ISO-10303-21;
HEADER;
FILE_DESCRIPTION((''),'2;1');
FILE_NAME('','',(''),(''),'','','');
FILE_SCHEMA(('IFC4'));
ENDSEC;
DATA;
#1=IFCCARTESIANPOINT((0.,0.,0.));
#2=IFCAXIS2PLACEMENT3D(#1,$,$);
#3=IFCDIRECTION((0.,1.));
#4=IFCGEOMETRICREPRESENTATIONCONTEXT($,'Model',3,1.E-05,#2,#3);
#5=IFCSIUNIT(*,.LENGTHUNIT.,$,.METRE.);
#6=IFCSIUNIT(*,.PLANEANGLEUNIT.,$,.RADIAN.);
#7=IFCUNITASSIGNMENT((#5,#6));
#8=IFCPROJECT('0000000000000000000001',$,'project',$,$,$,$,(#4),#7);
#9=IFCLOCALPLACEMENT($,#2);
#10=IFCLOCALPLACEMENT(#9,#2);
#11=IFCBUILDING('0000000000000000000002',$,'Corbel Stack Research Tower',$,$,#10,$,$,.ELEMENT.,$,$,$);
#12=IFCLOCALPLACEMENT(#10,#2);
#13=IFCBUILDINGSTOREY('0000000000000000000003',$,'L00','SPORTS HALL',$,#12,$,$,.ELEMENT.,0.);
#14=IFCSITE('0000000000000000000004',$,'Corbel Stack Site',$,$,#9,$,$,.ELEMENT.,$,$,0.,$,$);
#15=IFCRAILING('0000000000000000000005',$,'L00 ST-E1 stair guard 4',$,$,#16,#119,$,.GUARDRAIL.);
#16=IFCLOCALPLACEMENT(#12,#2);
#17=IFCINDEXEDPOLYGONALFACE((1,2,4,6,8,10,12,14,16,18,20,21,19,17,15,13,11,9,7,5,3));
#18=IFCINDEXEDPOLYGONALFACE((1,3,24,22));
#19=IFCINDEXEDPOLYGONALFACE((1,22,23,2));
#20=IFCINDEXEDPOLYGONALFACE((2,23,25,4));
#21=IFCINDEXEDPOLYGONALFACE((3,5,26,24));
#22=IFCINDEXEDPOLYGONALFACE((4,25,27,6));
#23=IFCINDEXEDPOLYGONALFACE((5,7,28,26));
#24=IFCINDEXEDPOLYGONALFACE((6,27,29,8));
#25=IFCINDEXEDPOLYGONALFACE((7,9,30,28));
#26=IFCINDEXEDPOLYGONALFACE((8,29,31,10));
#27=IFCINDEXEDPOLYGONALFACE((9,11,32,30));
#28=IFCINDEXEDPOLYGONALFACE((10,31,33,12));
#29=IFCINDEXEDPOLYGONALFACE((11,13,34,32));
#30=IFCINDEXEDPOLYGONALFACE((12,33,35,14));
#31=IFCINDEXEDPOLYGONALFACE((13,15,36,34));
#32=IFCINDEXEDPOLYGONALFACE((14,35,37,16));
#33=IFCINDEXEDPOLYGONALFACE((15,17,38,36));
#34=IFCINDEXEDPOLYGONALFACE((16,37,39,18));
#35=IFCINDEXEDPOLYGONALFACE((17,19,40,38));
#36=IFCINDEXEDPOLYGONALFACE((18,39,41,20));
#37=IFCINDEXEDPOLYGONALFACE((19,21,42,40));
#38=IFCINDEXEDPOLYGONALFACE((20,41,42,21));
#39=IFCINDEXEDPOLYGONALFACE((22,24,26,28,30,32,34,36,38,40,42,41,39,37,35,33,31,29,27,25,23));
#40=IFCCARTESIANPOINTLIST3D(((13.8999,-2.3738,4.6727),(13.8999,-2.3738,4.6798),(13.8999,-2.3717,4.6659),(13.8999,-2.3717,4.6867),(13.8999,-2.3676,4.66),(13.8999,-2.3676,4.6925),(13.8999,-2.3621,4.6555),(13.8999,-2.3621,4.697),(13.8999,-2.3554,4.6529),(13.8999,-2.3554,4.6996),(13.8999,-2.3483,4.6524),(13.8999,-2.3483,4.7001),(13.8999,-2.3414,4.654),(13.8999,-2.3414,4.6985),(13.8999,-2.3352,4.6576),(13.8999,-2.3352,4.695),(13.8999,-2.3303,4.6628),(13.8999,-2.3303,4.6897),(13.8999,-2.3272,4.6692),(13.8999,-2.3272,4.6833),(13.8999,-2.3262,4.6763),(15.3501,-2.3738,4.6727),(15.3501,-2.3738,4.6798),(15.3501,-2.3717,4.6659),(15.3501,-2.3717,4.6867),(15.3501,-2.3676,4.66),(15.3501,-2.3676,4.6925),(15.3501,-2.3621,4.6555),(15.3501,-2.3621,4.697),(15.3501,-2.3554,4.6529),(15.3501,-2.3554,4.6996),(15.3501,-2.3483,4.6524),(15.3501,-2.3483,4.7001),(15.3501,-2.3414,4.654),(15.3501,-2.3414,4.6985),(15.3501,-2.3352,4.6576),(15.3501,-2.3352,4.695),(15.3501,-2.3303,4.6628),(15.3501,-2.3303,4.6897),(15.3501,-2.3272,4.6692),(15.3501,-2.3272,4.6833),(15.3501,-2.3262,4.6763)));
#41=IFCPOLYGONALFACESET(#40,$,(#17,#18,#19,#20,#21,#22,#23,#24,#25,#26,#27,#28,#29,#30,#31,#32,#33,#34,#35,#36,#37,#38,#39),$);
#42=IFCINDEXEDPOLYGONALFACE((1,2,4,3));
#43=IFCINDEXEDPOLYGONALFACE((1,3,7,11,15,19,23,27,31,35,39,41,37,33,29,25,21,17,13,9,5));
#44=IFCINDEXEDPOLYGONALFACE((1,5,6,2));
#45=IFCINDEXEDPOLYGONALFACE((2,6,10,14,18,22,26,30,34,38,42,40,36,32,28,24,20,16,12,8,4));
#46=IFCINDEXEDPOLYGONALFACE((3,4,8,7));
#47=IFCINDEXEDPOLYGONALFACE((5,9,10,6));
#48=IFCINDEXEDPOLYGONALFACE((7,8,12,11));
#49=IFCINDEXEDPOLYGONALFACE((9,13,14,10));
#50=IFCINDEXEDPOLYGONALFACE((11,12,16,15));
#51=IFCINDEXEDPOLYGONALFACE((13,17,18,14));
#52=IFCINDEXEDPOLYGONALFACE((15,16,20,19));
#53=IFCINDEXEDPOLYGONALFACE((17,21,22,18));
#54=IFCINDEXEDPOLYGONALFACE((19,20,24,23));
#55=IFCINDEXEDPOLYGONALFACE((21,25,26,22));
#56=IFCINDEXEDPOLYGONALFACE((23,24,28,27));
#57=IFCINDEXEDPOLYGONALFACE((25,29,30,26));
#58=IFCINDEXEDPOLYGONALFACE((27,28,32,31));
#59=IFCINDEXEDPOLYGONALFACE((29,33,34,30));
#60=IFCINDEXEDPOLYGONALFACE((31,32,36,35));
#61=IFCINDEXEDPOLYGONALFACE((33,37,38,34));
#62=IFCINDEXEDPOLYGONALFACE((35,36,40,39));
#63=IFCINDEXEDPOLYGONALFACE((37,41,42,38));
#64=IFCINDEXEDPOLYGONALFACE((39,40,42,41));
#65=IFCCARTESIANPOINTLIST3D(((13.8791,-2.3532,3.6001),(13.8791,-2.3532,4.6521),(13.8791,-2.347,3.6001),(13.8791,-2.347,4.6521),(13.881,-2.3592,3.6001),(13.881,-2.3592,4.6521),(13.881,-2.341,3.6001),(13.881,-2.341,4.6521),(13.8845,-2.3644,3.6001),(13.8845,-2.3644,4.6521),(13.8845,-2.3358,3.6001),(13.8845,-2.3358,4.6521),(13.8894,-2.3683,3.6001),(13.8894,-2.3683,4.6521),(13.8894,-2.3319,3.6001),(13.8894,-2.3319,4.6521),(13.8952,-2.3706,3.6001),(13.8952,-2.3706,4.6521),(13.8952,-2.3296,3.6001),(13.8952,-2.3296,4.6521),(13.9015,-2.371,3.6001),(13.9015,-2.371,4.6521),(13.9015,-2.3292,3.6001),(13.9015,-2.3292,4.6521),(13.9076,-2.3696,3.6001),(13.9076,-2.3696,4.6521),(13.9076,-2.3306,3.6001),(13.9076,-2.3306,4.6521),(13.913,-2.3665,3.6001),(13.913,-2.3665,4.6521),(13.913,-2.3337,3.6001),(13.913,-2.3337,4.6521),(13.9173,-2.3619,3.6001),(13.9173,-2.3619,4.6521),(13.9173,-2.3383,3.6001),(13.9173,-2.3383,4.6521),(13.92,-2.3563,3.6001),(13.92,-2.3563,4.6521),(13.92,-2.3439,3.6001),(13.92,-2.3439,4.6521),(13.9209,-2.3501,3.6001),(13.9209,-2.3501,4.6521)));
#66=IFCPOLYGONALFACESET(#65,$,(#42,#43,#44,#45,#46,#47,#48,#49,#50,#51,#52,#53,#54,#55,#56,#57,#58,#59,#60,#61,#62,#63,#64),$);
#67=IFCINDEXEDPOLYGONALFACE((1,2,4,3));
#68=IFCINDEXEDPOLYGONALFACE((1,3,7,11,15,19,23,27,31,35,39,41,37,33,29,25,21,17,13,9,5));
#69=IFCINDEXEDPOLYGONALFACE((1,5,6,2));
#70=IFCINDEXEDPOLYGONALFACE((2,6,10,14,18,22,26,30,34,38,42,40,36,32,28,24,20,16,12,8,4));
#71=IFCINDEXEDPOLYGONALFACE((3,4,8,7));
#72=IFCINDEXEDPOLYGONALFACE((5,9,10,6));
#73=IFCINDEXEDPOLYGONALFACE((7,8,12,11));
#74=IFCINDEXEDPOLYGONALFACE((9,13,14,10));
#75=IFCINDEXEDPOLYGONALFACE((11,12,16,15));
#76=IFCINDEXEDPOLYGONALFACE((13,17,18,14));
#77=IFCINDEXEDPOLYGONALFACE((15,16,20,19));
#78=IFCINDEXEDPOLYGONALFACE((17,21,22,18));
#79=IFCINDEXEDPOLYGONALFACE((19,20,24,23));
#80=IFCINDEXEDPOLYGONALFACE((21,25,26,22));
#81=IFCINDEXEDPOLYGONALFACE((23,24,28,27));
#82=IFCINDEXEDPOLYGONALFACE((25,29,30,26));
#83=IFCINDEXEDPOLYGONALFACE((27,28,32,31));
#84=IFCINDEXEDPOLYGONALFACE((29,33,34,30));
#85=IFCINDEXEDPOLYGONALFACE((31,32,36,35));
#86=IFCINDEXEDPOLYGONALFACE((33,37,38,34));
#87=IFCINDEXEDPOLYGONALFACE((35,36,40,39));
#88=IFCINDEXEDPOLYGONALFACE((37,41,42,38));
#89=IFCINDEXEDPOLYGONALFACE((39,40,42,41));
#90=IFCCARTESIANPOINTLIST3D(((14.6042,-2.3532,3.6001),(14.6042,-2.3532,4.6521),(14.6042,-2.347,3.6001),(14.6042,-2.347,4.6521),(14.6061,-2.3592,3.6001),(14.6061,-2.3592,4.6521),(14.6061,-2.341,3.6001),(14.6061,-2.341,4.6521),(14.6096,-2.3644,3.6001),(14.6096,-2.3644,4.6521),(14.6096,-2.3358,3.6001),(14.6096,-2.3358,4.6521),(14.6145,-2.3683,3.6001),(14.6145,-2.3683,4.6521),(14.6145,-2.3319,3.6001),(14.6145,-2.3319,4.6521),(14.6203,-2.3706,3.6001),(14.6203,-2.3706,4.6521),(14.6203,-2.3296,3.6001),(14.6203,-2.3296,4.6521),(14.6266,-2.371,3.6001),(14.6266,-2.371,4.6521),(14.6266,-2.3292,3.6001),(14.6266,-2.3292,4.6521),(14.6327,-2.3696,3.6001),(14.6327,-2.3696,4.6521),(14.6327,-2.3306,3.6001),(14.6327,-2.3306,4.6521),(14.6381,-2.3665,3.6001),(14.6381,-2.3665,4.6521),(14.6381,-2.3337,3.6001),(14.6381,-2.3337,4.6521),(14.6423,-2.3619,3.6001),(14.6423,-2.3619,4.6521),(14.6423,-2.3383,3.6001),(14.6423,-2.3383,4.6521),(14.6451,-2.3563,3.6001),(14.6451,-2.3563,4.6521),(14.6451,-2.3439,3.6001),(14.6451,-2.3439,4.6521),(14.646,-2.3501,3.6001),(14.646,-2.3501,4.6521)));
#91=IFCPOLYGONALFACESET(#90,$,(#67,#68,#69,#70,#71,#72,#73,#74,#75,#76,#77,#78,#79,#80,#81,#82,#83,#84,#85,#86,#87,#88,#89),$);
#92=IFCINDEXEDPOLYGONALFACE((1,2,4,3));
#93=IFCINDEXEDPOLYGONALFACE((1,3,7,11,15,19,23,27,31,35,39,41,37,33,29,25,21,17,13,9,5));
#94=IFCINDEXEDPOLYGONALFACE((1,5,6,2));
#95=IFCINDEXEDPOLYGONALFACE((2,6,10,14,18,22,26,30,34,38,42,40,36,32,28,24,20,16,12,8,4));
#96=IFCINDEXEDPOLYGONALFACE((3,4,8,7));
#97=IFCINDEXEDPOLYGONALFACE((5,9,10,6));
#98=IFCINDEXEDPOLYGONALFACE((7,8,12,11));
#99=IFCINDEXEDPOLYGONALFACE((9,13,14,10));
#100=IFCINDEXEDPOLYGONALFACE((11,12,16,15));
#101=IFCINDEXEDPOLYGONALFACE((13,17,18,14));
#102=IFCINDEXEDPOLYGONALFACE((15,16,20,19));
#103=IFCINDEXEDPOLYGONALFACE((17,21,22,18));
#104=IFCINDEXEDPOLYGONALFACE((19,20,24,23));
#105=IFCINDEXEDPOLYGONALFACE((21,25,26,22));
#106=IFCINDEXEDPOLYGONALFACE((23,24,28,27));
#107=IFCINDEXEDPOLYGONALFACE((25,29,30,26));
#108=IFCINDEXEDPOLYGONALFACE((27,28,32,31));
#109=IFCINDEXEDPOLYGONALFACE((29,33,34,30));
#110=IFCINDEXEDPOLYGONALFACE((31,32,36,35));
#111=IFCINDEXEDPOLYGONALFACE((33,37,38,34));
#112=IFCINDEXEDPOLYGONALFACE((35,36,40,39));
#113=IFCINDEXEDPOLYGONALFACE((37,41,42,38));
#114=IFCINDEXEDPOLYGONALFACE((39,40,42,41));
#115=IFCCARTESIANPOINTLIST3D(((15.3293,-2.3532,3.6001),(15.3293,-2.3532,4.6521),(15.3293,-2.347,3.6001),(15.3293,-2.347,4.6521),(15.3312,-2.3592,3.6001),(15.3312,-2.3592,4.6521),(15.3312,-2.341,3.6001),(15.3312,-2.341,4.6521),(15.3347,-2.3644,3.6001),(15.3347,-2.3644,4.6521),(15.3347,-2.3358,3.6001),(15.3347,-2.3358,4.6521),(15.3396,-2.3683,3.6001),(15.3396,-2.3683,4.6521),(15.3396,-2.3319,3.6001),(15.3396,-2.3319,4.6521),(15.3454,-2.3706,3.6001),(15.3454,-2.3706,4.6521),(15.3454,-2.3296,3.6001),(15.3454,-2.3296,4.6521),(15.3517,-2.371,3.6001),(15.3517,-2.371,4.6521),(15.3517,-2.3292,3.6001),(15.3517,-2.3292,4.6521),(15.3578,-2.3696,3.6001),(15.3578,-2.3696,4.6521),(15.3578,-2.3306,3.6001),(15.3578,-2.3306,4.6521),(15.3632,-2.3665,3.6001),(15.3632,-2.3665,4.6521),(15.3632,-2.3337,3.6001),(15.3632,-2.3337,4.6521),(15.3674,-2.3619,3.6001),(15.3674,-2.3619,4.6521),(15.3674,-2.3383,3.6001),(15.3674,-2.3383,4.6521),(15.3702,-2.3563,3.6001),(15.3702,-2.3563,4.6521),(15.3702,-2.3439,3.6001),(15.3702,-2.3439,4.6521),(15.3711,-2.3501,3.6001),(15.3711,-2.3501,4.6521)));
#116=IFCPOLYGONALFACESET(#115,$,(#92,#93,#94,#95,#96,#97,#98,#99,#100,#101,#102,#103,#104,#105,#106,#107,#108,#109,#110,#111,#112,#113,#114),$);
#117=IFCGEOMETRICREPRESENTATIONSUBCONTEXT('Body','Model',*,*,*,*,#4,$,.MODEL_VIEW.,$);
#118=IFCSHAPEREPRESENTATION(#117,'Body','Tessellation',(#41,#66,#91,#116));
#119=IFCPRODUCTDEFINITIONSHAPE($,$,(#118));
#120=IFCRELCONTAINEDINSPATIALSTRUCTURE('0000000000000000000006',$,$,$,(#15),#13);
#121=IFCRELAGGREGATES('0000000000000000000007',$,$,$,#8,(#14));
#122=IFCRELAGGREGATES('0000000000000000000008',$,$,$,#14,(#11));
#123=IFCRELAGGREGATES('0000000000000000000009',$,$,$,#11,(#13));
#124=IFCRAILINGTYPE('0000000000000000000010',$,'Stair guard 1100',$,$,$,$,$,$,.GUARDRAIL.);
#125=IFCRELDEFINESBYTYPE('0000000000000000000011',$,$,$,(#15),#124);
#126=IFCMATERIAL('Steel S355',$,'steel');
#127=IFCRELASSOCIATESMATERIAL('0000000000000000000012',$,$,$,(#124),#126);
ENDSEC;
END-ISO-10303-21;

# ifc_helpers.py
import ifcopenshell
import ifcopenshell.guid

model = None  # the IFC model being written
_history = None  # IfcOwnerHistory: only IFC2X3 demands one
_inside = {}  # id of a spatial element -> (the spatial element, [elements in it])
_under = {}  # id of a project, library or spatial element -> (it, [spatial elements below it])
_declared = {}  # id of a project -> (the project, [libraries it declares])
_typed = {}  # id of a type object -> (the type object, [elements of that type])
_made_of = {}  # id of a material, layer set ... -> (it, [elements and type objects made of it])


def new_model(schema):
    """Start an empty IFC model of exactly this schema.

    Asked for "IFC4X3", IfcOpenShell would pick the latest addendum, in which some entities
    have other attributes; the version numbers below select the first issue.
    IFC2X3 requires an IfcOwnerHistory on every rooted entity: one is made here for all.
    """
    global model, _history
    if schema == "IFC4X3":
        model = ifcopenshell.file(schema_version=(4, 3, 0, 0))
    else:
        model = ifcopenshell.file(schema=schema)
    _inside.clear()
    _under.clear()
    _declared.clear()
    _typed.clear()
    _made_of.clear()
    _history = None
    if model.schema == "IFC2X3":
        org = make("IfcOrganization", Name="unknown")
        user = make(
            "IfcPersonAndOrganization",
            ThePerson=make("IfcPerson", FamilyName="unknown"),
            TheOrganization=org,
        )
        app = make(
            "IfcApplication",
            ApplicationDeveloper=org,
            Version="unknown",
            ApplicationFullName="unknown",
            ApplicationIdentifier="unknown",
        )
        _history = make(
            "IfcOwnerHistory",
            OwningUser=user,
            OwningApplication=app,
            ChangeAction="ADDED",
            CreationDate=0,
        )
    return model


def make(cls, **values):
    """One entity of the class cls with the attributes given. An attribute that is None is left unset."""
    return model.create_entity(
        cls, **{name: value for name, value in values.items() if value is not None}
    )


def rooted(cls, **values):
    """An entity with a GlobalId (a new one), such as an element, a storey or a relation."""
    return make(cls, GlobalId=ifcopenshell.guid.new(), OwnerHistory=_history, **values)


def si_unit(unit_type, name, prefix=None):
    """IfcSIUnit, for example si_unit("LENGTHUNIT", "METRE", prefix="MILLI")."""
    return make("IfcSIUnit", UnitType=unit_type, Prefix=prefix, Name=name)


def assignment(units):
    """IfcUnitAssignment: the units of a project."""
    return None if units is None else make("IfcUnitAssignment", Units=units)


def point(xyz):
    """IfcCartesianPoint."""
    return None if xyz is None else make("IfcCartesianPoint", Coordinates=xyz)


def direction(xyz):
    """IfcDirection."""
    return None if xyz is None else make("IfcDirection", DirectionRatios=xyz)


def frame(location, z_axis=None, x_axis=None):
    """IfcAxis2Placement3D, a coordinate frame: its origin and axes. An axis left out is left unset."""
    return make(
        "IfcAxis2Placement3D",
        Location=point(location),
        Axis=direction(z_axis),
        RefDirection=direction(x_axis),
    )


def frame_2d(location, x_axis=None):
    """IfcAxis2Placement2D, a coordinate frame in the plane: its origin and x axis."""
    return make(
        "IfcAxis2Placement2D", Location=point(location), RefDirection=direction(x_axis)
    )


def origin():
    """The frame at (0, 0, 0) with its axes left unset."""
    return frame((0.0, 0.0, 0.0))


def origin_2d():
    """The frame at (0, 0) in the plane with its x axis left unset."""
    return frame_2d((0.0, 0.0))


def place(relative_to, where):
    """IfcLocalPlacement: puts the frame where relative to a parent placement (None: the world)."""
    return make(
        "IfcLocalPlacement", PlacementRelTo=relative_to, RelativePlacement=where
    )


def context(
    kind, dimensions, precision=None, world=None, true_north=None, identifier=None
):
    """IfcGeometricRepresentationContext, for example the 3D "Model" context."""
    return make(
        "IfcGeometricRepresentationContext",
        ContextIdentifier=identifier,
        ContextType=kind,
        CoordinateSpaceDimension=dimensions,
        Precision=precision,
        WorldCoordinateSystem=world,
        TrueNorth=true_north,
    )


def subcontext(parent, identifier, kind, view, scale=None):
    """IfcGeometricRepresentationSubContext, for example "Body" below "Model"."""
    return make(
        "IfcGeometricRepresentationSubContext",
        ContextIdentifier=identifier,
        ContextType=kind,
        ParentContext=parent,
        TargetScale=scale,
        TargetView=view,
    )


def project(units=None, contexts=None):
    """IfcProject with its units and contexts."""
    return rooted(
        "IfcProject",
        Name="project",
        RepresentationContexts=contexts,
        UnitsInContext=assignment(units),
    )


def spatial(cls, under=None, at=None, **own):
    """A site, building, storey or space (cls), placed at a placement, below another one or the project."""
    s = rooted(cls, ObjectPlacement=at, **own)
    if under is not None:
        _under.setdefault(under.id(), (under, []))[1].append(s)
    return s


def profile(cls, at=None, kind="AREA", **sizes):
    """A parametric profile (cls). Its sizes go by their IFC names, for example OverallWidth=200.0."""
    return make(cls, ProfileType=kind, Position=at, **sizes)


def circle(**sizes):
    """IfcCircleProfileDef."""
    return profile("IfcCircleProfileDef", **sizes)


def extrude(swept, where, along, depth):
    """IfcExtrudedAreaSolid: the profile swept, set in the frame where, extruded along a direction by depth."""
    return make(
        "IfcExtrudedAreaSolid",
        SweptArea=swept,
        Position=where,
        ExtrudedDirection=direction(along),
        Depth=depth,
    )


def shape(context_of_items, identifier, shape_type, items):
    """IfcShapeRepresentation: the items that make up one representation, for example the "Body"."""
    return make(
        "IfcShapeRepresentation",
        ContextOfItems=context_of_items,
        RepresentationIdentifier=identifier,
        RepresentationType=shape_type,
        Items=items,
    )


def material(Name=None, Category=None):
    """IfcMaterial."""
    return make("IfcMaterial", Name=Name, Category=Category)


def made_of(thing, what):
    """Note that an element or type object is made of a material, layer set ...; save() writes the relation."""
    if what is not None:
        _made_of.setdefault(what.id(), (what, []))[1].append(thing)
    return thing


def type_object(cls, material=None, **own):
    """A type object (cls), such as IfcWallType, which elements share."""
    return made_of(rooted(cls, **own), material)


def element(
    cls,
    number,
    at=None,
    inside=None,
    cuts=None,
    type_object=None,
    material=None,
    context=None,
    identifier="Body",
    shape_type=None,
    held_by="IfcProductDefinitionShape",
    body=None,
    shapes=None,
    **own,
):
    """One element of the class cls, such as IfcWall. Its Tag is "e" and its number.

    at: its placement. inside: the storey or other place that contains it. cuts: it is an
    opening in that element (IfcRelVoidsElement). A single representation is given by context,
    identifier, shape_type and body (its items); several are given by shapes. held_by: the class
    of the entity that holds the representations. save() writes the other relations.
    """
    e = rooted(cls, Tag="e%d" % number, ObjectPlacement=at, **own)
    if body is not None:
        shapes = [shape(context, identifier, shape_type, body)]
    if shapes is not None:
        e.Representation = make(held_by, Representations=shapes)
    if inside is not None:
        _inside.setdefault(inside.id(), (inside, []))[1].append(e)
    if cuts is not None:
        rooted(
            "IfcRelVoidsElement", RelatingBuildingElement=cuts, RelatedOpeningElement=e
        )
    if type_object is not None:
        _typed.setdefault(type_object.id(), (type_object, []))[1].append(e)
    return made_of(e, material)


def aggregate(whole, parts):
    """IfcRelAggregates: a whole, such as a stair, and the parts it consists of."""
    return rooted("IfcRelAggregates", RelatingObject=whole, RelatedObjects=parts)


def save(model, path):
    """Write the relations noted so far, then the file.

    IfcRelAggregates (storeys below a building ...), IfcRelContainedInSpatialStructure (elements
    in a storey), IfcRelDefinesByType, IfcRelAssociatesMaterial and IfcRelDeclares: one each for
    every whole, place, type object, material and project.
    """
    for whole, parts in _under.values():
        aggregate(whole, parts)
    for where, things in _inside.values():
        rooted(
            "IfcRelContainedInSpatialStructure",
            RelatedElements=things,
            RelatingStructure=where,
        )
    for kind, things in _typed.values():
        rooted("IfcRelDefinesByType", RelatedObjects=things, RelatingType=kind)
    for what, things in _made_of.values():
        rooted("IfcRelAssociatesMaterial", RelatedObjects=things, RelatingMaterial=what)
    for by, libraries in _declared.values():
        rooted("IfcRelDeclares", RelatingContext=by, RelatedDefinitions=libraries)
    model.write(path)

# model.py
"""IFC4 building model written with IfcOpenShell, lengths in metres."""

from ifc_helpers import new_model, si_unit, direction, frame, origin, origin_2d, place, context, subcontext, project, spatial, circle, extrude, material, type_object, element, save


model = new_model("IFC4")

# Units and contexts
model_context = context("Model", 3, precision=1e-05, world=origin(), true_north=direction((0.0, 1.0)))
body_context = subcontext(model_context, "Body", "Model", "MODEL_VIEW")
ifc_project = project(units=[si_unit("LENGTHUNIT", "METRE"), si_unit("PLANEANGLEUNIT", "RADIAN")], contexts=[model_context])

# Site, building, storey
site_placement = place(None, origin())
site = spatial("IfcSite", under=ifc_project, at=site_placement, Name="Corbel Stack Site", CompositionType="ELEMENT", RefElevation=0.0)
building_placement = place(site_placement, origin())
building = spatial("IfcBuilding", under=site, at=building_placement, Name="Corbel Stack Research Tower", CompositionType="ELEMENT")
storey_placement = place(building_placement, origin())
storey = spatial("IfcBuildingStorey", under=building, at=storey_placement, Name="L00", Description="SPORTS HALL", CompositionType="ELEMENT", Elevation=0.0)

# Railing
ifc_material_1 = material(Name="Steel S355", Category="steel")
railing_type_1 = type_object("IfcRailingType", Name="Stair guard 1100", PredefinedType="GUARDRAIL", material=ifc_material_1)
railing_1_placement = place(storey_placement, frame((13.8999, -2.3501, 3.6001)))
element("IfcRailing", 1, at=railing_1_placement, inside=storey, type_object=railing_type_1, Name="L00 ST-E1 stair guard 4", PredefinedType="GUARDRAIL", context=body_context, shape_type="SweptSolid", body=[
    extrude(circle(Radius=0.0239, at=origin_2d()), frame((0.0, 0.0, 1.0762), z_axis=(1.0, 0.0, 0.0), x_axis=(0.0, 1.0, 0.0)), (0.0, 0.0, 1.0), 1.4502),
    extrude(circle(Radius=0.021, at=origin_2d()), origin(), (0.0, 0.0, 1.0), 1.052),
    extrude(circle(Radius=0.021, at=origin_2d()), frame((0.7251, 0.0, 0.0)), (0.0, 0.0, 1.0), 1.052),
    extrude(circle(Radius=0.021, at=origin_2d()), frame((1.4502, 0.0, 0.0)), (0.0, 0.0, 1.0), 1.052),
])

save(model, "model.ifc")
